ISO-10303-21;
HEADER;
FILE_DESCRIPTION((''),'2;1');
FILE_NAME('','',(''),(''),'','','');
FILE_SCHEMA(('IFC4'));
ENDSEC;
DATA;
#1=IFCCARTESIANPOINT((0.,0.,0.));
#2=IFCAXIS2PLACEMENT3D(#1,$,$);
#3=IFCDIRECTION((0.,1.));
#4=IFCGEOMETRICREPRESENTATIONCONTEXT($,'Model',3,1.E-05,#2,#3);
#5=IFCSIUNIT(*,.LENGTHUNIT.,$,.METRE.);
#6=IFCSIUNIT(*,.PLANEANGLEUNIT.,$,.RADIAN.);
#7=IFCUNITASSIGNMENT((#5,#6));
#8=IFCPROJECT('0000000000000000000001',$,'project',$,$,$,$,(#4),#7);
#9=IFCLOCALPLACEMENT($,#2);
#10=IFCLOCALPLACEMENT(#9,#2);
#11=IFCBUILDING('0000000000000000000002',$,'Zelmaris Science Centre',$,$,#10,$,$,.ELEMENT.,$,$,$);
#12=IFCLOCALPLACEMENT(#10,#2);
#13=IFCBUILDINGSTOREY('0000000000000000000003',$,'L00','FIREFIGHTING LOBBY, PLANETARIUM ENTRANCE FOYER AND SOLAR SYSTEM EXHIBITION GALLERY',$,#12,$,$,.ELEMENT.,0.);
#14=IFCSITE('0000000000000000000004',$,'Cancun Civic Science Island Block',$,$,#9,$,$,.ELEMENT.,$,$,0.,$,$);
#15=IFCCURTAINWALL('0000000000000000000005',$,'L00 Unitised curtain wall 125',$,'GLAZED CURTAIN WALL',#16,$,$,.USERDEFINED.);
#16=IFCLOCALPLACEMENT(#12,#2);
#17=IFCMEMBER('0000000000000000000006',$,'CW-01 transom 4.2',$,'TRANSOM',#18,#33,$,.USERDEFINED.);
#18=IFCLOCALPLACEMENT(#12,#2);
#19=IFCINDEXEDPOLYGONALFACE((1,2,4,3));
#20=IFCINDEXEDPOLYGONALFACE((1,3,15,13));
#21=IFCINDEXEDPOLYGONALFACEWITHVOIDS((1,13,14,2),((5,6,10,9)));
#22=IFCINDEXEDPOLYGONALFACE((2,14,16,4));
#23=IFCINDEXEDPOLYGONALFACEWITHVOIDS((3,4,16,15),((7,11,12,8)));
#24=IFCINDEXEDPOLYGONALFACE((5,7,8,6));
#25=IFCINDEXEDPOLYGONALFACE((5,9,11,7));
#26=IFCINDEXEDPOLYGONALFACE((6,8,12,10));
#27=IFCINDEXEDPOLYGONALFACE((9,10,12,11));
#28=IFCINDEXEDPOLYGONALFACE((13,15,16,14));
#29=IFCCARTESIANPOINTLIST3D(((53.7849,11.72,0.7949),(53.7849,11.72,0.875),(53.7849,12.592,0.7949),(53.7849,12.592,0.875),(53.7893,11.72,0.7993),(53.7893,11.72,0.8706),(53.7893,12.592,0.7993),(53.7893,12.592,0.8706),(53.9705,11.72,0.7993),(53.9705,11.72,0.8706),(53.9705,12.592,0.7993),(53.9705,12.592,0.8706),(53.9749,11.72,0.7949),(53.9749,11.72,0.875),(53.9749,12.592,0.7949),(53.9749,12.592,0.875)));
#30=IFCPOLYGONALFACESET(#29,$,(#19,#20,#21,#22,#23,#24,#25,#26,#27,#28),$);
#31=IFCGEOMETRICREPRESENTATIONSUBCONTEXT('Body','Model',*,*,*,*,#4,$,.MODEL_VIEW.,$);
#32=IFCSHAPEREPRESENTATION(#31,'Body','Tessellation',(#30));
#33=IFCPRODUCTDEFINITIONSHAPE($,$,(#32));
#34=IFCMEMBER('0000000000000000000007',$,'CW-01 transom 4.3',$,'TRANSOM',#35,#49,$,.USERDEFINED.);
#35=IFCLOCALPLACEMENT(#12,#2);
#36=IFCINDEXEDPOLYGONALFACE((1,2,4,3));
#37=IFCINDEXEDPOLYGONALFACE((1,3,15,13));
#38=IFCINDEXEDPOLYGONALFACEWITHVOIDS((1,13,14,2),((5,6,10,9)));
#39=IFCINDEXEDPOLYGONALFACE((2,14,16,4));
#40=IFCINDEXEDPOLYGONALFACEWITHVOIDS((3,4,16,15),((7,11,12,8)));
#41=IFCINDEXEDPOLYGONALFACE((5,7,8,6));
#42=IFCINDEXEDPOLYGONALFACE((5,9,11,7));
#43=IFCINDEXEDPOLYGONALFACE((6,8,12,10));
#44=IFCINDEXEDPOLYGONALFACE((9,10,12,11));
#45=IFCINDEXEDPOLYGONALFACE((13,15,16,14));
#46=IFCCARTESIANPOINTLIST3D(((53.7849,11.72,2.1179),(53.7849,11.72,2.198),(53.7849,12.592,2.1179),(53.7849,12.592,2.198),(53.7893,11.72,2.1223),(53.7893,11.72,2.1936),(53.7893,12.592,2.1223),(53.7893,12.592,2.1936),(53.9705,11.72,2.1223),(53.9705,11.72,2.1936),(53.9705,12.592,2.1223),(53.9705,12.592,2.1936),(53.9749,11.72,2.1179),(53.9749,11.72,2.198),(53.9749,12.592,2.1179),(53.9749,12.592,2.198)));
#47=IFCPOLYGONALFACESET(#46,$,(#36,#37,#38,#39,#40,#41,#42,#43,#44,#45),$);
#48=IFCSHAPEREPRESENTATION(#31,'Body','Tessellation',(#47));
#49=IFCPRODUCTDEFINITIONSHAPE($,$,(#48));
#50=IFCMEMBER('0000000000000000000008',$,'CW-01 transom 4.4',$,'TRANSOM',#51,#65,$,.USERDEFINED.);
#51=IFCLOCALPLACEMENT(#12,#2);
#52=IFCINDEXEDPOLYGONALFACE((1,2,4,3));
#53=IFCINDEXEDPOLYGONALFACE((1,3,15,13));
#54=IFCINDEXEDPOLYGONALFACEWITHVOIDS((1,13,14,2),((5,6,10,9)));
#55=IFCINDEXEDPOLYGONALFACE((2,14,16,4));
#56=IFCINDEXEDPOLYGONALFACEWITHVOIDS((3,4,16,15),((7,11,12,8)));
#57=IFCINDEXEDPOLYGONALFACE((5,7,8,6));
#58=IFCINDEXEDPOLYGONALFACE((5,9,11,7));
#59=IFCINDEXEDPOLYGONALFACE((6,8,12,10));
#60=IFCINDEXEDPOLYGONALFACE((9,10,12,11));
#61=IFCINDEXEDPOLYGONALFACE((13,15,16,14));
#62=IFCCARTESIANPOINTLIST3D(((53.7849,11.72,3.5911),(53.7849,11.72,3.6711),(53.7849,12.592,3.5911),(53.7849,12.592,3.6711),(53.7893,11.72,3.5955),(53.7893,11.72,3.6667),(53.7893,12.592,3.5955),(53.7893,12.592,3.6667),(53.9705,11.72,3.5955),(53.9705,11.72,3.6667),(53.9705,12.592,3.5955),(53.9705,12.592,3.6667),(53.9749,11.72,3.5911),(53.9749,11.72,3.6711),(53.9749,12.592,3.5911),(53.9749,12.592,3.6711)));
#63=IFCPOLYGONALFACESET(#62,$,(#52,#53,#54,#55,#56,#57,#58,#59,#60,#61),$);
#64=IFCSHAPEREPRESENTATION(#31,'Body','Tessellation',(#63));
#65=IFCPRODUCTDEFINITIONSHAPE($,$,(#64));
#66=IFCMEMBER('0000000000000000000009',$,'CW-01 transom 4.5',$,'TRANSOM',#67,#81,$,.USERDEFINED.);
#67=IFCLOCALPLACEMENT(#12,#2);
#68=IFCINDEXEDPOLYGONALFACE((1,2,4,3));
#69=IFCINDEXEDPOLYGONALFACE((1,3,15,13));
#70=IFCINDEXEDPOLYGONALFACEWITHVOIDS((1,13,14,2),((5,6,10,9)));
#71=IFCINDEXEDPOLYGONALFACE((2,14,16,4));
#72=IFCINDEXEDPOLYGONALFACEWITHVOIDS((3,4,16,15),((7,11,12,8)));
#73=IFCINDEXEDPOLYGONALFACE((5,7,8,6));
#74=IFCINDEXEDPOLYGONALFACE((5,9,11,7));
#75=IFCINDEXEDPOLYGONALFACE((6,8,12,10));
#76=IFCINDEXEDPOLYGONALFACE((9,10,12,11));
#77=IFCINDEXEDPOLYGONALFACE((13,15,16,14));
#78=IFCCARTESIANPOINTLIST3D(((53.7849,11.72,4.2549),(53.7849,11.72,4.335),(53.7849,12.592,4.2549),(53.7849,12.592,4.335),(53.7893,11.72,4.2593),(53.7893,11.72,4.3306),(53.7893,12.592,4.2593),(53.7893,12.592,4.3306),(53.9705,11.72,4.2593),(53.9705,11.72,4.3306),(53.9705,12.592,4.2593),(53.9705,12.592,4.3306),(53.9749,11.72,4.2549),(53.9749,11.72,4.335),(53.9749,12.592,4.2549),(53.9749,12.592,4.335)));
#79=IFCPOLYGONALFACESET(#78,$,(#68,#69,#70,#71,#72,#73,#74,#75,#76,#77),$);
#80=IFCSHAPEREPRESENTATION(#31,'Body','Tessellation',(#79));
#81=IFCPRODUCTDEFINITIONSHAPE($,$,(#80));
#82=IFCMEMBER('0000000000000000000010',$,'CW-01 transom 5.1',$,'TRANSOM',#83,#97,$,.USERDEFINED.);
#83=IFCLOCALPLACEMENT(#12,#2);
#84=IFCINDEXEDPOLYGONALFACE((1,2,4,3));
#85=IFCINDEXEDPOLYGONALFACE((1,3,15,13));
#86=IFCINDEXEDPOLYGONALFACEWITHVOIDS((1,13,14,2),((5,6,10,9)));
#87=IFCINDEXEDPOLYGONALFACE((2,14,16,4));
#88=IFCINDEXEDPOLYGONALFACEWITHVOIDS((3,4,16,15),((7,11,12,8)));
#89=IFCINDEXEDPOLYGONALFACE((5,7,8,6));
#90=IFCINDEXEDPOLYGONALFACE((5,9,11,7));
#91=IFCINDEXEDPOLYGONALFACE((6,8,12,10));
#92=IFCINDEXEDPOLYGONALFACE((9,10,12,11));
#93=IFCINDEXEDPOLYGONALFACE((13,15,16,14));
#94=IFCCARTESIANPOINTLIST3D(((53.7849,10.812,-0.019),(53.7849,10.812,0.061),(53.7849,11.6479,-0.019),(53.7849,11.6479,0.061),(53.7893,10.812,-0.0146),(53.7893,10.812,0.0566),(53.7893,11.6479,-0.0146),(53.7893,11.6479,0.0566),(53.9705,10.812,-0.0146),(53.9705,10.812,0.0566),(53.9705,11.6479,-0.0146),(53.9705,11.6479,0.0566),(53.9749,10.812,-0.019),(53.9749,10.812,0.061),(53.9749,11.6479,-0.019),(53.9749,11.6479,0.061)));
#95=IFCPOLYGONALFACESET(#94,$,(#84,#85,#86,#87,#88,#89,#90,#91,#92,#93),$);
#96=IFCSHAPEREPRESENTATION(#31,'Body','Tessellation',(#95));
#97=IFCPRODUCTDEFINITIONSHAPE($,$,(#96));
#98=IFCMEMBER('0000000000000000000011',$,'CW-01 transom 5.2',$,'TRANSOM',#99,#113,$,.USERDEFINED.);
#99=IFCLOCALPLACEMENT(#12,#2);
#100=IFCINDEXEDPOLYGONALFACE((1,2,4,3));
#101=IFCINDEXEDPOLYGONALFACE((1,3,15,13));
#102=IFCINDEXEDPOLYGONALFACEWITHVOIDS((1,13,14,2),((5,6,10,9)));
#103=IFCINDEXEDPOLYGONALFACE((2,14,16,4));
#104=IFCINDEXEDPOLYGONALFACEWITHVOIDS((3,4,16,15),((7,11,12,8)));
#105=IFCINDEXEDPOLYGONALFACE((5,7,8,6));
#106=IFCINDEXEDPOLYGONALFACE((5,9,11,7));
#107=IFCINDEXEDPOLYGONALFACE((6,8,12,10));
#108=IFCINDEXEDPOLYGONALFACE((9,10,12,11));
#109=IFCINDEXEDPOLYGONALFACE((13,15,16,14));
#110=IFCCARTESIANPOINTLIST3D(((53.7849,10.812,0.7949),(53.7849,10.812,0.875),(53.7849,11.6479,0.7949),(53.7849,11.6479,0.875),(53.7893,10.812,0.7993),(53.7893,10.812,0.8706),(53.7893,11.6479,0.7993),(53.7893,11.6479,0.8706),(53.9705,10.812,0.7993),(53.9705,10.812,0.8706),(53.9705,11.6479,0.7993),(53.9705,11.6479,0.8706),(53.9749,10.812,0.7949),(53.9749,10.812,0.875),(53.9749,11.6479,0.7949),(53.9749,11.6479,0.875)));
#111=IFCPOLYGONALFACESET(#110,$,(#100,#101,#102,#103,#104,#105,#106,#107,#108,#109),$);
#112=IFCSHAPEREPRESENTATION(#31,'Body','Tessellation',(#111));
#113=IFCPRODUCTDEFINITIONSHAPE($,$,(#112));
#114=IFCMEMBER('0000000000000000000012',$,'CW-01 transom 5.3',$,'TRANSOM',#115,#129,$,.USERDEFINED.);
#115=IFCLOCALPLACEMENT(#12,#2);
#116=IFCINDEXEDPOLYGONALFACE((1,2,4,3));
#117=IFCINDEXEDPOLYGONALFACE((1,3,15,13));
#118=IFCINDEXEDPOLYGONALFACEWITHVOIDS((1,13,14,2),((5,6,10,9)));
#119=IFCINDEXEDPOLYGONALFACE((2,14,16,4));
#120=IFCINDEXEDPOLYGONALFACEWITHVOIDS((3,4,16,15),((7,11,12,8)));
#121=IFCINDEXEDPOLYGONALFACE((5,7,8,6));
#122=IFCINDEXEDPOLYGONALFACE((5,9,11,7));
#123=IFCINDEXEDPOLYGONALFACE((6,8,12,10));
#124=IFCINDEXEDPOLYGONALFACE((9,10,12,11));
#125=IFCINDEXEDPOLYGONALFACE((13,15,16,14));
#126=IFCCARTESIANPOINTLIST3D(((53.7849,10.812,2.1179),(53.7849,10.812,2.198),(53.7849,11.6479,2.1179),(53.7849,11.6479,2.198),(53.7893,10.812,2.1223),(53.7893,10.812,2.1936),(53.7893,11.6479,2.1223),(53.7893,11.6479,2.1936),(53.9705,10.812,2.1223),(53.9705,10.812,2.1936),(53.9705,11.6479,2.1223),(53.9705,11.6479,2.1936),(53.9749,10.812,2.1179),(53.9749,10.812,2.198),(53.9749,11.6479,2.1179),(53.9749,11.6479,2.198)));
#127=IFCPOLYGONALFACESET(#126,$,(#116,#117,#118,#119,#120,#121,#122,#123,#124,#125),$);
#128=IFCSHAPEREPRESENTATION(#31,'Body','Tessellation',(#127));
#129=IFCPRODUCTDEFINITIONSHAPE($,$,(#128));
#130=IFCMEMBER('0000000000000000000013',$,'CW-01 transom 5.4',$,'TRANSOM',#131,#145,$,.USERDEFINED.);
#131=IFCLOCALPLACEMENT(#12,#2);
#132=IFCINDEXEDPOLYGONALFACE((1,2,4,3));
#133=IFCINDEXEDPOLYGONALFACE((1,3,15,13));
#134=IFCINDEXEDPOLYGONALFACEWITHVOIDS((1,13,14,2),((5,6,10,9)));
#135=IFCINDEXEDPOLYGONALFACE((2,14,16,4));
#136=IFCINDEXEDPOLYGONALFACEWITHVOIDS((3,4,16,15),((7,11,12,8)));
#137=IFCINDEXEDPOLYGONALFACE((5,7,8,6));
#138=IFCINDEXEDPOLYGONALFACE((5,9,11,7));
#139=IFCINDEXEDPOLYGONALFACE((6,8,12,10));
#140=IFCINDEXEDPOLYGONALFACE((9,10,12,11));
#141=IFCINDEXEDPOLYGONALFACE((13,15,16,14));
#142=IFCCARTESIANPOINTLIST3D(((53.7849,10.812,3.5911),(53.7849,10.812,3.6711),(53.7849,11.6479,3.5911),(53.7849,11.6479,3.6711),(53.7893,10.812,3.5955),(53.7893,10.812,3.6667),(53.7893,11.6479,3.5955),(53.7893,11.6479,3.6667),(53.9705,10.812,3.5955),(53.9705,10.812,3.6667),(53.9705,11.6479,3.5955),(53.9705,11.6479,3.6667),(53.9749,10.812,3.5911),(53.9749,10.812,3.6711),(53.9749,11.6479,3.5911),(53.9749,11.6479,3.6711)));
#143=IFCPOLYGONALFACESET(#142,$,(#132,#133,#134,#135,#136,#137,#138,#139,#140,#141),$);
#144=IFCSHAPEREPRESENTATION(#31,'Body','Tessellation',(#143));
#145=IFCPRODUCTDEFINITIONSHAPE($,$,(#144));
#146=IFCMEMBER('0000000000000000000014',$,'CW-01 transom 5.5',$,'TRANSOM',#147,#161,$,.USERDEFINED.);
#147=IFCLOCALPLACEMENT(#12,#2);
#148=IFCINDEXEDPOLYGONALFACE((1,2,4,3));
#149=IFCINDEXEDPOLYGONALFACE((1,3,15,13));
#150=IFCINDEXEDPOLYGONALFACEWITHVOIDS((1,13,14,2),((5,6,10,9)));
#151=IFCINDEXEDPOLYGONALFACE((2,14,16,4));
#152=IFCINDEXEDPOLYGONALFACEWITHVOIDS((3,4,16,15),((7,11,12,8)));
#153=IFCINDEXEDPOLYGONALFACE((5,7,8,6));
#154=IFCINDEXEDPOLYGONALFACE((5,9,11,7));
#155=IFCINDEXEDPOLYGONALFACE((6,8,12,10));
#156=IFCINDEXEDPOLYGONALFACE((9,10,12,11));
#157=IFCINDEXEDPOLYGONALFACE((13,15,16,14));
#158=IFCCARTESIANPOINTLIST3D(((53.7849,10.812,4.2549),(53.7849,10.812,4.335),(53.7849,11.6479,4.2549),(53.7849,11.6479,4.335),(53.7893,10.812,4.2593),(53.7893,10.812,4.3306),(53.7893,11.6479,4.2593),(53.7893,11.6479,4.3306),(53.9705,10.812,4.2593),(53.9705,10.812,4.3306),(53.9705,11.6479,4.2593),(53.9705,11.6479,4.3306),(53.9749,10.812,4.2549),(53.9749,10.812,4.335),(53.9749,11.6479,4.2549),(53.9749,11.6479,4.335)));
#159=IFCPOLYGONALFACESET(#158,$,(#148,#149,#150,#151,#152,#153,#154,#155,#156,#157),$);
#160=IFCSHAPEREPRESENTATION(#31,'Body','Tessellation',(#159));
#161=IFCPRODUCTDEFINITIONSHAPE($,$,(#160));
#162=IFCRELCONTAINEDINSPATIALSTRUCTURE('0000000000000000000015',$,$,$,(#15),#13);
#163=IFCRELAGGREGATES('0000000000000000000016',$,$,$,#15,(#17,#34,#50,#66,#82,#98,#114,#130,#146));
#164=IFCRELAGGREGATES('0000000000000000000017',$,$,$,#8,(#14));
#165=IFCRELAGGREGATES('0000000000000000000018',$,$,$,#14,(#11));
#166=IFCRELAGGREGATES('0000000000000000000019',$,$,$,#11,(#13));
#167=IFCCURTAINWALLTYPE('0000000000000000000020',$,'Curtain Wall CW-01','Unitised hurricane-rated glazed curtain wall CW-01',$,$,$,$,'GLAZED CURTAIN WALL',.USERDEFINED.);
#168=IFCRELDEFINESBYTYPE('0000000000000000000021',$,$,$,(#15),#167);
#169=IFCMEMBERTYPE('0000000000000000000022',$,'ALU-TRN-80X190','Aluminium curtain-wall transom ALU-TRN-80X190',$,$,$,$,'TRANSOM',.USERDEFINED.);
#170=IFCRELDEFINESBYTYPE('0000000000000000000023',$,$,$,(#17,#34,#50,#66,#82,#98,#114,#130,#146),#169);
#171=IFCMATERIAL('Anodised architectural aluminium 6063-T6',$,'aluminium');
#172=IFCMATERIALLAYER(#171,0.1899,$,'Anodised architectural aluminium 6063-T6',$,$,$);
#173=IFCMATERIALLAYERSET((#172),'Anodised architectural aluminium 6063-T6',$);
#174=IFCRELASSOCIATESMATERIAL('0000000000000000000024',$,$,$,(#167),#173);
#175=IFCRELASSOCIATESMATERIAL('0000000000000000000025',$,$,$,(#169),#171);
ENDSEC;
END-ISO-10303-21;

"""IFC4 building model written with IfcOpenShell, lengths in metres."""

from ifc_helpers import new_model, si_unit, direction, frame, origin, origin_2d, place, context, subcontext, project, spatial, hollow_rectangle, extrude, material, layer, layer_set, material_profile, profile_set, type_object, element, aggregate, save


model = new_model("IFC4")

# Units and contexts
model_context = context("Model", 3, precision=1e-05, world=origin(), true_north=direction((0.0, 1.0)))
body_context = subcontext(model_context, "Body", "Model", "MODEL_VIEW")
ifc_project = project(units=[si_unit("LENGTHUNIT", "METRE"), si_unit("PLANEANGLEUNIT", "RADIAN")], contexts=[model_context])

# Site, building, storey
site_placement = place(None, origin())
site = spatial("IfcSite", under=ifc_project, at=site_placement, Name="Cancun Civic Science Island Block", CompositionType="ELEMENT", RefElevation=0.0)
building_placement = place(site_placement, origin())
building = spatial("IfcBuilding", under=site, at=building_placement, Name="Zelmaris Science Centre", CompositionType="ELEMENT")
storey_placement = place(building_placement, origin())
storey = spatial("IfcBuildingStorey", under=building, at=storey_placement, Name="L00", Description="FIREFIGHTING LOBBY, PLANETARIUM ENTRANCE FOYER AND SOLAR SYSTEM EXHIBITION GALLERY", CompositionType="ELEMENT", Elevation=0.0)

# Curtain wall, members
ifc_material_1 = material(Name="Anodised architectural aluminium 6063-T6", Category="aluminium")
ifc_layer_1 = layer(ifc_material_1, 0.1899, Name="Anodised architectural aluminium 6063-T6")
ifc_layer_set_1 = layer_set([ifc_layer_1], Name="Anodised architectural aluminium 6063-T6")
curtain_wall_type = type_object("IfcCurtainWallType", Name="Curtain Wall CW-01", Description="Unitised hurricane-rated glazed curtain wall CW-01", ElementType="GLAZED CURTAIN WALL", PredefinedType="USERDEFINED", material=ifc_layer_set_1)
curtain_wall_placement = place(storey_placement, origin())
curtain_wall = element("IfcCurtainWall", 1, at=curtain_wall_placement, inside=storey, type_object=curtain_wall_type, Name="L00 Unitised curtain wall 125", ObjectType="GLAZED CURTAIN WALL", PredefinedType="USERDEFINED")
ifc_material_profile_1 = material_profile(ifc_material_1, hollow_rectangle(XDim=0.0801, YDim=0.1899, WallThickness=0.0044, at=origin_2d()), Name="ALU-TRN-80X190")
ifc_profile_set_1 = profile_set([ifc_material_profile_1], Name="Anodised architectural aluminium 6063-T6")
member_type_1 = type_object("IfcMemberType", Name="ALU-TRN-80X190", Description="Aluminium curtain-wall transom ALU-TRN-80X190", ElementType="TRANSOM", PredefinedType="USERDEFINED", material=ifc_profile_set_1)
member_1_placement = place(storey_placement, frame((53.8799, 12.592, 0.835), z_axis=(0.0, -1.0, 0.0), x_axis=(0.0, 0.0, 1.0)))
member_1 = element("IfcMember", 2, at=member_1_placement, type_object=member_type_1, Name="CW-01 transom 4.2", ObjectType="TRANSOM", PredefinedType="USERDEFINED", context=body_context, shape_type="SweptSolid", body=[
    extrude(hollow_rectangle(XDim=0.0801, YDim=0.1899, WallThickness=0.0044, at=origin_2d()), origin(), (0.0, 0.0, 1.0), 0.8721),
])
member_2_placement = place(storey_placement, frame((53.8799, 12.592, 2.158), z_axis=(0.0, -1.0, 0.0), x_axis=(0.0, 0.0, 1.0)))
member_2 = element("IfcMember", 3, at=member_2_placement, type_object=member_type_1, Name="CW-01 transom 4.3", ObjectType="TRANSOM", PredefinedType="USERDEFINED", context=body_context, shape_type="SweptSolid", body=[
    extrude(hollow_rectangle(XDim=0.0801, YDim=0.1899, WallThickness=0.0044, at=origin_2d()), origin(), (0.0, 0.0, 1.0), 0.8721),
])
member_3_placement = place(storey_placement, frame((53.8799, 12.592, 3.6311), z_axis=(0.0, -1.0, 0.0), x_axis=(0.0, 0.0, 1.0)))
member_3 = element("IfcMember", 4, at=member_3_placement, type_object=member_type_1, Name="CW-01 transom 4.4", ObjectType="TRANSOM", PredefinedType="USERDEFINED", context=body_context, shape_type="SweptSolid", body=[
    extrude(hollow_rectangle(XDim=0.0801, YDim=0.1899, WallThickness=0.0044, at=origin_2d()), origin(), (0.0, 0.0, 1.0), 0.8721),
])
member_4_placement = place(storey_placement, frame((53.8799, 12.592, 4.2949), z_axis=(0.0, -1.0, 0.0), x_axis=(0.0, 0.0, 1.0)))
member_4 = element("IfcMember", 5, at=member_4_placement, type_object=member_type_1, Name="CW-01 transom 4.5", ObjectType="TRANSOM", PredefinedType="USERDEFINED", context=body_context, shape_type="SweptSolid", body=[
    extrude(hollow_rectangle(XDim=0.0801, YDim=0.1899, WallThickness=0.0044, at=origin_2d()), origin(), (0.0, 0.0, 1.0), 0.8721),
])
member_5_placement = place(storey_placement, frame((53.8799, 11.6479, 0.021), z_axis=(0.0, -1.0, 0.0), x_axis=(0.0, 0.0, 1.0)))
member_5 = element("IfcMember", 6, at=member_5_placement, type_object=member_type_1, Name="CW-01 transom 5.1", ObjectType="TRANSOM", PredefinedType="USERDEFINED", context=body_context, shape_type="SweptSolid", body=[
    extrude(hollow_rectangle(XDim=0.0801, YDim=0.1899, WallThickness=0.0044, at=origin_2d()), origin(), (0.0, 0.0, 1.0), 0.8359),
])
member_6_placement = place(storey_placement, frame((53.8799, 11.6479, 0.835), z_axis=(0.0, -1.0, 0.0), x_axis=(0.0, 0.0, 1.0)))
member_6 = element("IfcMember", 7, at=member_6_placement, type_object=member_type_1, Name="CW-01 transom 5.2", ObjectType="TRANSOM", PredefinedType="USERDEFINED", context=body_context, shape_type="SweptSolid", body=[
    extrude(hollow_rectangle(XDim=0.0801, YDim=0.1899, WallThickness=0.0044, at=origin_2d()), origin(), (0.0, 0.0, 1.0), 0.8359),
])
member_7_placement = place(storey_placement, frame((53.8799, 11.6479, 2.158), z_axis=(0.0, -1.0, 0.0), x_axis=(0.0, 0.0, 1.0)))
member_7 = element("IfcMember", 8, at=member_7_placement, type_object=member_type_1, Name="CW-01 transom 5.3", ObjectType="TRANSOM", PredefinedType="USERDEFINED", context=body_context, shape_type="SweptSolid", body=[
    extrude(hollow_rectangle(XDim=0.0801, YDim=0.1899, WallThickness=0.0044, at=origin_2d()), origin(), (0.0, 0.0, 1.0), 0.8359),
])
member_8_placement = place(storey_placement, frame((53.8799, 11.6479, 3.6311), z_axis=(0.0, -1.0, 0.0), x_axis=(0.0, 0.0, 1.0)))
member_8 = element("IfcMember", 9, at=member_8_placement, type_object=member_type_1, Name="CW-01 transom 5.4", ObjectType="TRANSOM", PredefinedType="USERDEFINED", context=body_context, shape_type="SweptSolid", body=[
    extrude(hollow_rectangle(XDim=0.0801, YDim=0.1899, WallThickness=0.0044, at=origin_2d()), origin(), (0.0, 0.0, 1.0), 0.8359),
])
member_9_placement = place(storey_placement, frame((53.8799, 11.6479, 4.2949), z_axis=(0.0, -1.0, 0.0), x_axis=(0.0, 0.0, 1.0)))
member_9 = element("IfcMember", 10, at=member_9_placement, type_object=member_type_1, Name="CW-01 transom 5.5", ObjectType="TRANSOM", PredefinedType="USERDEFINED", context=body_context, shape_type="SweptSolid", body=[
    extrude(hollow_rectangle(XDim=0.0801, YDim=0.1899, WallThickness=0.0044, at=origin_2d()), origin(), (0.0, 0.0, 1.0), 0.8359),
])

aggregate(curtain_wall, [member_1, member_2, member_3, member_4, member_5, member_6, member_7, member_8, member_9])

save(model, "model.ifc")
